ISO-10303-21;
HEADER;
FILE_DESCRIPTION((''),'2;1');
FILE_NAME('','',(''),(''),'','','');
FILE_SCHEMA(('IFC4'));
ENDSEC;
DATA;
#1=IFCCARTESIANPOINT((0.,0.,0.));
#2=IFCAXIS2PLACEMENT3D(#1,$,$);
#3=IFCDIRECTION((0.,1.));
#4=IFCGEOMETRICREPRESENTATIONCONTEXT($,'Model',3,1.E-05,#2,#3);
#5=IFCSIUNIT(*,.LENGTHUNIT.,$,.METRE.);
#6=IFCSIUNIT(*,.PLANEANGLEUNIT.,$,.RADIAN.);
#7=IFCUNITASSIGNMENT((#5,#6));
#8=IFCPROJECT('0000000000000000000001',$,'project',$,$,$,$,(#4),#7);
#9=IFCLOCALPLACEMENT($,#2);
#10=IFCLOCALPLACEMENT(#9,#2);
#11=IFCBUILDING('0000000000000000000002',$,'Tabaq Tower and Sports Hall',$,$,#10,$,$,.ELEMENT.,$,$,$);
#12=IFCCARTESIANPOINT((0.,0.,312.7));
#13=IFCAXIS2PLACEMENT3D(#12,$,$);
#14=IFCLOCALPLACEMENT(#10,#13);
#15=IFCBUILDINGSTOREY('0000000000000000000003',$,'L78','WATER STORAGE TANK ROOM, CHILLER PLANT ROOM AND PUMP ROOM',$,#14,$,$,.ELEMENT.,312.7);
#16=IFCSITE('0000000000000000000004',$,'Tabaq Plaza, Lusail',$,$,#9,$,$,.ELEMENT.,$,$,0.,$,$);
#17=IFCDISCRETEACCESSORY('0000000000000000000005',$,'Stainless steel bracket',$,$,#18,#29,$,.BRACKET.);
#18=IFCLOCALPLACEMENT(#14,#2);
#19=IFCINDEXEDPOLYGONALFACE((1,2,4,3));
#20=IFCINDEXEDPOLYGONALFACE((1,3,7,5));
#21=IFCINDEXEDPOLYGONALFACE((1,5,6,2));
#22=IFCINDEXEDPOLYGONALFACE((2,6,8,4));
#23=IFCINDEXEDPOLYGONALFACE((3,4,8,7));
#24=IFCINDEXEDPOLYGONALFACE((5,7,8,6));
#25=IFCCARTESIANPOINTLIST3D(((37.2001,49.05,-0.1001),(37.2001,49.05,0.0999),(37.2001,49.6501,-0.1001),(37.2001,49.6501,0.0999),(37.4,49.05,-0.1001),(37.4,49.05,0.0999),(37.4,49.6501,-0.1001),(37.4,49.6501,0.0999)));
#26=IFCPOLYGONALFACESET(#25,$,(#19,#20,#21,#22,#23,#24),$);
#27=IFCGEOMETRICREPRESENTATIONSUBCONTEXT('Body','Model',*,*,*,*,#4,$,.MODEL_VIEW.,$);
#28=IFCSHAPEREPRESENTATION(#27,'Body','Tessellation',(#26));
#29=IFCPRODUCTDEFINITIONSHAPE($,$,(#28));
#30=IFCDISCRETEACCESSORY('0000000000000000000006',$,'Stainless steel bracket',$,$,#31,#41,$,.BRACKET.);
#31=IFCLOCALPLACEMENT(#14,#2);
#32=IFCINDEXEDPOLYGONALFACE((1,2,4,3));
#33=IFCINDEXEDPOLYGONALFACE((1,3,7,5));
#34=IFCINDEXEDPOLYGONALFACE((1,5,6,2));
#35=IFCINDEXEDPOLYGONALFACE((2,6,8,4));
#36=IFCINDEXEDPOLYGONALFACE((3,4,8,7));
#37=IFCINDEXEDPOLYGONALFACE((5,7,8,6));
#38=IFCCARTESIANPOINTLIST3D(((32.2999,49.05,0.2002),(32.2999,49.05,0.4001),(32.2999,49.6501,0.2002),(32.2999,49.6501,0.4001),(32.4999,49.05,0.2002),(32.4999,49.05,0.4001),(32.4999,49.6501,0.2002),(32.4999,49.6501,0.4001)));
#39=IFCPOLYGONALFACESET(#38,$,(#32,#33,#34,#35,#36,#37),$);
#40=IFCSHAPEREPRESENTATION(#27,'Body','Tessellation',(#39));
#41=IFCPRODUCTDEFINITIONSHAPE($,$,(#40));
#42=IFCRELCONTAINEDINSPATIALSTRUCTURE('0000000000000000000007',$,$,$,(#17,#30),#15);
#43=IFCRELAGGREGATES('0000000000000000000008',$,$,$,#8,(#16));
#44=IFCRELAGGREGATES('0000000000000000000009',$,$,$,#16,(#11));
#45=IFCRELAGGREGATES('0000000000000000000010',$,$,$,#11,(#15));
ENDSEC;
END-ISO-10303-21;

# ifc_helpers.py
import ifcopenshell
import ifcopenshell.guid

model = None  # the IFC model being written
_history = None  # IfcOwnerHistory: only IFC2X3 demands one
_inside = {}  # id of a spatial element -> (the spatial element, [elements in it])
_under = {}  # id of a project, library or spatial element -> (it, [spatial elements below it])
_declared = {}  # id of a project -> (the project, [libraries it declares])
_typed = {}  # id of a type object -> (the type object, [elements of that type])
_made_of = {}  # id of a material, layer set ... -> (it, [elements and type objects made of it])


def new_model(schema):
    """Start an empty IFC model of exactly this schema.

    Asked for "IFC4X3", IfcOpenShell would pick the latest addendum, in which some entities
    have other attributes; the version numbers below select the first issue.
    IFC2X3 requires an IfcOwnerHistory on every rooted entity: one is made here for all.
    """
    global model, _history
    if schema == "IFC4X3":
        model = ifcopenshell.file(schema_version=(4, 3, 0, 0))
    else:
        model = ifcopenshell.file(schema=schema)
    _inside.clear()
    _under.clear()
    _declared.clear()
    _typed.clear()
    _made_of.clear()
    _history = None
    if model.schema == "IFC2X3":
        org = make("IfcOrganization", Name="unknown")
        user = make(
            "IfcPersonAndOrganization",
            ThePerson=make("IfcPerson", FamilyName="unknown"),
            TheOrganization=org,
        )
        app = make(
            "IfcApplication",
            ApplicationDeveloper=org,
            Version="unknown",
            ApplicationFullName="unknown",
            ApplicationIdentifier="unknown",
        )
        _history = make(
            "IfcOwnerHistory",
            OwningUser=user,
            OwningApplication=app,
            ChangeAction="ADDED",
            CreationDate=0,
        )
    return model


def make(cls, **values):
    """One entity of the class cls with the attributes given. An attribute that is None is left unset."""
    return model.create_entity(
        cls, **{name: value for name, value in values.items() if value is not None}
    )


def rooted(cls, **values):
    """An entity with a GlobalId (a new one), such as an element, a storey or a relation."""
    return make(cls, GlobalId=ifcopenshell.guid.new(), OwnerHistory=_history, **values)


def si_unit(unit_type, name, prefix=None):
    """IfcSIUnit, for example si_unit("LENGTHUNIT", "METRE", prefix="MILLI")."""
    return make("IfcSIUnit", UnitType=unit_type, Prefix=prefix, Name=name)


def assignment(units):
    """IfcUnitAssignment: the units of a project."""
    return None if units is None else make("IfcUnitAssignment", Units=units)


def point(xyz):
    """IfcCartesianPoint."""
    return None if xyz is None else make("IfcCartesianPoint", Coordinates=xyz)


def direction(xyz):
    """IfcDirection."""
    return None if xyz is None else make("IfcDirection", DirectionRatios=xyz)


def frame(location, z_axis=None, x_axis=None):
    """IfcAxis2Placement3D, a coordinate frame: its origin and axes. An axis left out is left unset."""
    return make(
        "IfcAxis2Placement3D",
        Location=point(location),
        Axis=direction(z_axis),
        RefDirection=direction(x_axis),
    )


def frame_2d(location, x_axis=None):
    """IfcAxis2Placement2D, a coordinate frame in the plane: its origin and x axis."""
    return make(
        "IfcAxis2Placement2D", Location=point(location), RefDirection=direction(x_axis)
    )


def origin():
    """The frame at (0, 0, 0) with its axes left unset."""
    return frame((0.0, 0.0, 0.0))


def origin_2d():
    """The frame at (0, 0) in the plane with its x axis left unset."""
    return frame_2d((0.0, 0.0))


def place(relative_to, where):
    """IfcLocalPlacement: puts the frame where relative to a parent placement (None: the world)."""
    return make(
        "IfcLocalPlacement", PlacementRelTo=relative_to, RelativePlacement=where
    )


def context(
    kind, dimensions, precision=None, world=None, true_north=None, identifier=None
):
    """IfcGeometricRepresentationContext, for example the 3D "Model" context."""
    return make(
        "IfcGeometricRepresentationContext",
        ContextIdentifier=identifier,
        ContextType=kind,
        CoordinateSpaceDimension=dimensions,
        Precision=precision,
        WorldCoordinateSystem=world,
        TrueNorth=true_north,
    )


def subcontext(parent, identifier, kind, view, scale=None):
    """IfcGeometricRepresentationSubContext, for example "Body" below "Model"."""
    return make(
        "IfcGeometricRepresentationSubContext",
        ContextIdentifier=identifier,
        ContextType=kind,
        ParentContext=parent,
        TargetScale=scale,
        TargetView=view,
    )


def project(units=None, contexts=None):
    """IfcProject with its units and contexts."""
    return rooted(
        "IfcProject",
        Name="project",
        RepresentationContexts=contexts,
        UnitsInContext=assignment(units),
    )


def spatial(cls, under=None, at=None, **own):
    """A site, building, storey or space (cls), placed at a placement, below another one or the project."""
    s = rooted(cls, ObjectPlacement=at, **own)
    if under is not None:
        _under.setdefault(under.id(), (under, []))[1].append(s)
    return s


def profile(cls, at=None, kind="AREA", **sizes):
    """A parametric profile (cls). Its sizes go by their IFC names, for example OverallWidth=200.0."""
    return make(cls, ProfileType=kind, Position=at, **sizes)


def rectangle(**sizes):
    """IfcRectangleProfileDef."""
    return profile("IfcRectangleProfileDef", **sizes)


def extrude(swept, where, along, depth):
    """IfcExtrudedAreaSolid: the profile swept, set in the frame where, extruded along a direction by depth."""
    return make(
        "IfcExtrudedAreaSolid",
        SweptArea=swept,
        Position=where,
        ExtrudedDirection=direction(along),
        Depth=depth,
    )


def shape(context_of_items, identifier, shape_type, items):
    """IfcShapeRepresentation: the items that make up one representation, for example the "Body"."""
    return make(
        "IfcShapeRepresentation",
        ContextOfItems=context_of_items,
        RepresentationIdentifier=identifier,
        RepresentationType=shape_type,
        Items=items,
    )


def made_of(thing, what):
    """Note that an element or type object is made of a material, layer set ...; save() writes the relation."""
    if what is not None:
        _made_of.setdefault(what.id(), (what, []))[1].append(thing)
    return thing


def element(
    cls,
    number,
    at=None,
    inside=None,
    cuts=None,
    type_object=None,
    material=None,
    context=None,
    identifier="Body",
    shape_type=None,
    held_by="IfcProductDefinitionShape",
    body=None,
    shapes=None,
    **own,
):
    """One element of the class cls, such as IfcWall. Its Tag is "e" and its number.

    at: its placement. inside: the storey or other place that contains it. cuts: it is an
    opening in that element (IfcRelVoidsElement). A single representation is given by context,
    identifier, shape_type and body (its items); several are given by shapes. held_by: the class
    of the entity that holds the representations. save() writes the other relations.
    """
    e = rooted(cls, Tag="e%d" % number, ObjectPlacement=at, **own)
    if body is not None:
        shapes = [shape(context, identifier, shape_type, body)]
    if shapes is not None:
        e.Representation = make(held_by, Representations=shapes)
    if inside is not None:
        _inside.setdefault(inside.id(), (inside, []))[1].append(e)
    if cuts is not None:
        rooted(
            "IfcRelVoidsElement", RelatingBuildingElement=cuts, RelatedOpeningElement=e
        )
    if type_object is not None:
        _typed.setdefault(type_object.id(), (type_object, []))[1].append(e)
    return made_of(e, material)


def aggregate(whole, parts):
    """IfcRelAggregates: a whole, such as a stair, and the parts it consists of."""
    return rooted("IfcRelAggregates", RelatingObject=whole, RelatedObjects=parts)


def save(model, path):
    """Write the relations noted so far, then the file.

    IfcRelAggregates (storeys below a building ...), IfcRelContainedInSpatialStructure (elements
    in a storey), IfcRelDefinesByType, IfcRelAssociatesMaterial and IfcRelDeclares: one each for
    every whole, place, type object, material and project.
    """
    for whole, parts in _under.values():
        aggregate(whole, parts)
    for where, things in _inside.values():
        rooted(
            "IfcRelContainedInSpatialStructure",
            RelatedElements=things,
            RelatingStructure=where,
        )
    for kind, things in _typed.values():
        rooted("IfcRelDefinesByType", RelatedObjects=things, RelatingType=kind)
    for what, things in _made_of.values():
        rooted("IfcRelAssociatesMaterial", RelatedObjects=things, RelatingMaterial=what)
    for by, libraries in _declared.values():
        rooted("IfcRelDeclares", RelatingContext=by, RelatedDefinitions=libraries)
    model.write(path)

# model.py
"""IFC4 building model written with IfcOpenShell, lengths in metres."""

from ifc_helpers import new_model, si_unit, direction, frame, origin, origin_2d, place, context, subcontext, project, spatial, rectangle, extrude, element, save


model = new_model("IFC4")

# Units and contexts
model_context = context("Model", 3, precision=1e-05, world=origin(), true_north=direction((0.0, 1.0)))
body_context = subcontext(model_context, "Body", "Model", "MODEL_VIEW")
ifc_project = project(units=[si_unit("LENGTHUNIT", "METRE"), si_unit("PLANEANGLEUNIT", "RADIAN")], contexts=[model_context])

# Site, building, storey
site_placement = place(None, origin())
site = spatial("IfcSite", under=ifc_project, at=site_placement, Name="Tabaq Plaza, Lusail", CompositionType="ELEMENT", RefElevation=0.0)
building_placement = place(site_placement, origin())
building = spatial("IfcBuilding", under=site, at=building_placement, Name="Tabaq Tower and Sports Hall", CompositionType="ELEMENT")
storey_placement = place(building_placement, frame((0.0, 0.0, 312.7)))
storey = spatial("IfcBuildingStorey", under=building, at=storey_placement, Name="L78", Description="WATER STORAGE TANK ROOM, CHILLER PLANT ROOM AND PUMP ROOM", CompositionType="ELEMENT", Elevation=312.7)

# Discrete accessories
for number, where, z_axis, x_axis, name in (
    (1, (37.3, 49.3501, -0.1001), (0.0, 0.0, 1.0), (0.0, 1.0, 0.0), "Stainless steel bracket"),
    (2, (32.3999, 49.3501, 0.2002), (0.0, 0.0, 1.0), (0.0, 1.0, 0.0), "Stainless steel bracket"),
):
    element("IfcDiscreteAccessory", number, at=place(storey_placement, frame(where, z_axis=z_axis, x_axis=x_axis)), inside=storey, Name=name, PredefinedType="BRACKET", context=body_context, shape_type="SweptSolid", body=[
        extrude(rectangle(XDim=0.6001, YDim=0.2, at=origin_2d()), origin(), (0.0, 0.0, 1.0), 0.2),
    ])

save(model, "model.ifc")
